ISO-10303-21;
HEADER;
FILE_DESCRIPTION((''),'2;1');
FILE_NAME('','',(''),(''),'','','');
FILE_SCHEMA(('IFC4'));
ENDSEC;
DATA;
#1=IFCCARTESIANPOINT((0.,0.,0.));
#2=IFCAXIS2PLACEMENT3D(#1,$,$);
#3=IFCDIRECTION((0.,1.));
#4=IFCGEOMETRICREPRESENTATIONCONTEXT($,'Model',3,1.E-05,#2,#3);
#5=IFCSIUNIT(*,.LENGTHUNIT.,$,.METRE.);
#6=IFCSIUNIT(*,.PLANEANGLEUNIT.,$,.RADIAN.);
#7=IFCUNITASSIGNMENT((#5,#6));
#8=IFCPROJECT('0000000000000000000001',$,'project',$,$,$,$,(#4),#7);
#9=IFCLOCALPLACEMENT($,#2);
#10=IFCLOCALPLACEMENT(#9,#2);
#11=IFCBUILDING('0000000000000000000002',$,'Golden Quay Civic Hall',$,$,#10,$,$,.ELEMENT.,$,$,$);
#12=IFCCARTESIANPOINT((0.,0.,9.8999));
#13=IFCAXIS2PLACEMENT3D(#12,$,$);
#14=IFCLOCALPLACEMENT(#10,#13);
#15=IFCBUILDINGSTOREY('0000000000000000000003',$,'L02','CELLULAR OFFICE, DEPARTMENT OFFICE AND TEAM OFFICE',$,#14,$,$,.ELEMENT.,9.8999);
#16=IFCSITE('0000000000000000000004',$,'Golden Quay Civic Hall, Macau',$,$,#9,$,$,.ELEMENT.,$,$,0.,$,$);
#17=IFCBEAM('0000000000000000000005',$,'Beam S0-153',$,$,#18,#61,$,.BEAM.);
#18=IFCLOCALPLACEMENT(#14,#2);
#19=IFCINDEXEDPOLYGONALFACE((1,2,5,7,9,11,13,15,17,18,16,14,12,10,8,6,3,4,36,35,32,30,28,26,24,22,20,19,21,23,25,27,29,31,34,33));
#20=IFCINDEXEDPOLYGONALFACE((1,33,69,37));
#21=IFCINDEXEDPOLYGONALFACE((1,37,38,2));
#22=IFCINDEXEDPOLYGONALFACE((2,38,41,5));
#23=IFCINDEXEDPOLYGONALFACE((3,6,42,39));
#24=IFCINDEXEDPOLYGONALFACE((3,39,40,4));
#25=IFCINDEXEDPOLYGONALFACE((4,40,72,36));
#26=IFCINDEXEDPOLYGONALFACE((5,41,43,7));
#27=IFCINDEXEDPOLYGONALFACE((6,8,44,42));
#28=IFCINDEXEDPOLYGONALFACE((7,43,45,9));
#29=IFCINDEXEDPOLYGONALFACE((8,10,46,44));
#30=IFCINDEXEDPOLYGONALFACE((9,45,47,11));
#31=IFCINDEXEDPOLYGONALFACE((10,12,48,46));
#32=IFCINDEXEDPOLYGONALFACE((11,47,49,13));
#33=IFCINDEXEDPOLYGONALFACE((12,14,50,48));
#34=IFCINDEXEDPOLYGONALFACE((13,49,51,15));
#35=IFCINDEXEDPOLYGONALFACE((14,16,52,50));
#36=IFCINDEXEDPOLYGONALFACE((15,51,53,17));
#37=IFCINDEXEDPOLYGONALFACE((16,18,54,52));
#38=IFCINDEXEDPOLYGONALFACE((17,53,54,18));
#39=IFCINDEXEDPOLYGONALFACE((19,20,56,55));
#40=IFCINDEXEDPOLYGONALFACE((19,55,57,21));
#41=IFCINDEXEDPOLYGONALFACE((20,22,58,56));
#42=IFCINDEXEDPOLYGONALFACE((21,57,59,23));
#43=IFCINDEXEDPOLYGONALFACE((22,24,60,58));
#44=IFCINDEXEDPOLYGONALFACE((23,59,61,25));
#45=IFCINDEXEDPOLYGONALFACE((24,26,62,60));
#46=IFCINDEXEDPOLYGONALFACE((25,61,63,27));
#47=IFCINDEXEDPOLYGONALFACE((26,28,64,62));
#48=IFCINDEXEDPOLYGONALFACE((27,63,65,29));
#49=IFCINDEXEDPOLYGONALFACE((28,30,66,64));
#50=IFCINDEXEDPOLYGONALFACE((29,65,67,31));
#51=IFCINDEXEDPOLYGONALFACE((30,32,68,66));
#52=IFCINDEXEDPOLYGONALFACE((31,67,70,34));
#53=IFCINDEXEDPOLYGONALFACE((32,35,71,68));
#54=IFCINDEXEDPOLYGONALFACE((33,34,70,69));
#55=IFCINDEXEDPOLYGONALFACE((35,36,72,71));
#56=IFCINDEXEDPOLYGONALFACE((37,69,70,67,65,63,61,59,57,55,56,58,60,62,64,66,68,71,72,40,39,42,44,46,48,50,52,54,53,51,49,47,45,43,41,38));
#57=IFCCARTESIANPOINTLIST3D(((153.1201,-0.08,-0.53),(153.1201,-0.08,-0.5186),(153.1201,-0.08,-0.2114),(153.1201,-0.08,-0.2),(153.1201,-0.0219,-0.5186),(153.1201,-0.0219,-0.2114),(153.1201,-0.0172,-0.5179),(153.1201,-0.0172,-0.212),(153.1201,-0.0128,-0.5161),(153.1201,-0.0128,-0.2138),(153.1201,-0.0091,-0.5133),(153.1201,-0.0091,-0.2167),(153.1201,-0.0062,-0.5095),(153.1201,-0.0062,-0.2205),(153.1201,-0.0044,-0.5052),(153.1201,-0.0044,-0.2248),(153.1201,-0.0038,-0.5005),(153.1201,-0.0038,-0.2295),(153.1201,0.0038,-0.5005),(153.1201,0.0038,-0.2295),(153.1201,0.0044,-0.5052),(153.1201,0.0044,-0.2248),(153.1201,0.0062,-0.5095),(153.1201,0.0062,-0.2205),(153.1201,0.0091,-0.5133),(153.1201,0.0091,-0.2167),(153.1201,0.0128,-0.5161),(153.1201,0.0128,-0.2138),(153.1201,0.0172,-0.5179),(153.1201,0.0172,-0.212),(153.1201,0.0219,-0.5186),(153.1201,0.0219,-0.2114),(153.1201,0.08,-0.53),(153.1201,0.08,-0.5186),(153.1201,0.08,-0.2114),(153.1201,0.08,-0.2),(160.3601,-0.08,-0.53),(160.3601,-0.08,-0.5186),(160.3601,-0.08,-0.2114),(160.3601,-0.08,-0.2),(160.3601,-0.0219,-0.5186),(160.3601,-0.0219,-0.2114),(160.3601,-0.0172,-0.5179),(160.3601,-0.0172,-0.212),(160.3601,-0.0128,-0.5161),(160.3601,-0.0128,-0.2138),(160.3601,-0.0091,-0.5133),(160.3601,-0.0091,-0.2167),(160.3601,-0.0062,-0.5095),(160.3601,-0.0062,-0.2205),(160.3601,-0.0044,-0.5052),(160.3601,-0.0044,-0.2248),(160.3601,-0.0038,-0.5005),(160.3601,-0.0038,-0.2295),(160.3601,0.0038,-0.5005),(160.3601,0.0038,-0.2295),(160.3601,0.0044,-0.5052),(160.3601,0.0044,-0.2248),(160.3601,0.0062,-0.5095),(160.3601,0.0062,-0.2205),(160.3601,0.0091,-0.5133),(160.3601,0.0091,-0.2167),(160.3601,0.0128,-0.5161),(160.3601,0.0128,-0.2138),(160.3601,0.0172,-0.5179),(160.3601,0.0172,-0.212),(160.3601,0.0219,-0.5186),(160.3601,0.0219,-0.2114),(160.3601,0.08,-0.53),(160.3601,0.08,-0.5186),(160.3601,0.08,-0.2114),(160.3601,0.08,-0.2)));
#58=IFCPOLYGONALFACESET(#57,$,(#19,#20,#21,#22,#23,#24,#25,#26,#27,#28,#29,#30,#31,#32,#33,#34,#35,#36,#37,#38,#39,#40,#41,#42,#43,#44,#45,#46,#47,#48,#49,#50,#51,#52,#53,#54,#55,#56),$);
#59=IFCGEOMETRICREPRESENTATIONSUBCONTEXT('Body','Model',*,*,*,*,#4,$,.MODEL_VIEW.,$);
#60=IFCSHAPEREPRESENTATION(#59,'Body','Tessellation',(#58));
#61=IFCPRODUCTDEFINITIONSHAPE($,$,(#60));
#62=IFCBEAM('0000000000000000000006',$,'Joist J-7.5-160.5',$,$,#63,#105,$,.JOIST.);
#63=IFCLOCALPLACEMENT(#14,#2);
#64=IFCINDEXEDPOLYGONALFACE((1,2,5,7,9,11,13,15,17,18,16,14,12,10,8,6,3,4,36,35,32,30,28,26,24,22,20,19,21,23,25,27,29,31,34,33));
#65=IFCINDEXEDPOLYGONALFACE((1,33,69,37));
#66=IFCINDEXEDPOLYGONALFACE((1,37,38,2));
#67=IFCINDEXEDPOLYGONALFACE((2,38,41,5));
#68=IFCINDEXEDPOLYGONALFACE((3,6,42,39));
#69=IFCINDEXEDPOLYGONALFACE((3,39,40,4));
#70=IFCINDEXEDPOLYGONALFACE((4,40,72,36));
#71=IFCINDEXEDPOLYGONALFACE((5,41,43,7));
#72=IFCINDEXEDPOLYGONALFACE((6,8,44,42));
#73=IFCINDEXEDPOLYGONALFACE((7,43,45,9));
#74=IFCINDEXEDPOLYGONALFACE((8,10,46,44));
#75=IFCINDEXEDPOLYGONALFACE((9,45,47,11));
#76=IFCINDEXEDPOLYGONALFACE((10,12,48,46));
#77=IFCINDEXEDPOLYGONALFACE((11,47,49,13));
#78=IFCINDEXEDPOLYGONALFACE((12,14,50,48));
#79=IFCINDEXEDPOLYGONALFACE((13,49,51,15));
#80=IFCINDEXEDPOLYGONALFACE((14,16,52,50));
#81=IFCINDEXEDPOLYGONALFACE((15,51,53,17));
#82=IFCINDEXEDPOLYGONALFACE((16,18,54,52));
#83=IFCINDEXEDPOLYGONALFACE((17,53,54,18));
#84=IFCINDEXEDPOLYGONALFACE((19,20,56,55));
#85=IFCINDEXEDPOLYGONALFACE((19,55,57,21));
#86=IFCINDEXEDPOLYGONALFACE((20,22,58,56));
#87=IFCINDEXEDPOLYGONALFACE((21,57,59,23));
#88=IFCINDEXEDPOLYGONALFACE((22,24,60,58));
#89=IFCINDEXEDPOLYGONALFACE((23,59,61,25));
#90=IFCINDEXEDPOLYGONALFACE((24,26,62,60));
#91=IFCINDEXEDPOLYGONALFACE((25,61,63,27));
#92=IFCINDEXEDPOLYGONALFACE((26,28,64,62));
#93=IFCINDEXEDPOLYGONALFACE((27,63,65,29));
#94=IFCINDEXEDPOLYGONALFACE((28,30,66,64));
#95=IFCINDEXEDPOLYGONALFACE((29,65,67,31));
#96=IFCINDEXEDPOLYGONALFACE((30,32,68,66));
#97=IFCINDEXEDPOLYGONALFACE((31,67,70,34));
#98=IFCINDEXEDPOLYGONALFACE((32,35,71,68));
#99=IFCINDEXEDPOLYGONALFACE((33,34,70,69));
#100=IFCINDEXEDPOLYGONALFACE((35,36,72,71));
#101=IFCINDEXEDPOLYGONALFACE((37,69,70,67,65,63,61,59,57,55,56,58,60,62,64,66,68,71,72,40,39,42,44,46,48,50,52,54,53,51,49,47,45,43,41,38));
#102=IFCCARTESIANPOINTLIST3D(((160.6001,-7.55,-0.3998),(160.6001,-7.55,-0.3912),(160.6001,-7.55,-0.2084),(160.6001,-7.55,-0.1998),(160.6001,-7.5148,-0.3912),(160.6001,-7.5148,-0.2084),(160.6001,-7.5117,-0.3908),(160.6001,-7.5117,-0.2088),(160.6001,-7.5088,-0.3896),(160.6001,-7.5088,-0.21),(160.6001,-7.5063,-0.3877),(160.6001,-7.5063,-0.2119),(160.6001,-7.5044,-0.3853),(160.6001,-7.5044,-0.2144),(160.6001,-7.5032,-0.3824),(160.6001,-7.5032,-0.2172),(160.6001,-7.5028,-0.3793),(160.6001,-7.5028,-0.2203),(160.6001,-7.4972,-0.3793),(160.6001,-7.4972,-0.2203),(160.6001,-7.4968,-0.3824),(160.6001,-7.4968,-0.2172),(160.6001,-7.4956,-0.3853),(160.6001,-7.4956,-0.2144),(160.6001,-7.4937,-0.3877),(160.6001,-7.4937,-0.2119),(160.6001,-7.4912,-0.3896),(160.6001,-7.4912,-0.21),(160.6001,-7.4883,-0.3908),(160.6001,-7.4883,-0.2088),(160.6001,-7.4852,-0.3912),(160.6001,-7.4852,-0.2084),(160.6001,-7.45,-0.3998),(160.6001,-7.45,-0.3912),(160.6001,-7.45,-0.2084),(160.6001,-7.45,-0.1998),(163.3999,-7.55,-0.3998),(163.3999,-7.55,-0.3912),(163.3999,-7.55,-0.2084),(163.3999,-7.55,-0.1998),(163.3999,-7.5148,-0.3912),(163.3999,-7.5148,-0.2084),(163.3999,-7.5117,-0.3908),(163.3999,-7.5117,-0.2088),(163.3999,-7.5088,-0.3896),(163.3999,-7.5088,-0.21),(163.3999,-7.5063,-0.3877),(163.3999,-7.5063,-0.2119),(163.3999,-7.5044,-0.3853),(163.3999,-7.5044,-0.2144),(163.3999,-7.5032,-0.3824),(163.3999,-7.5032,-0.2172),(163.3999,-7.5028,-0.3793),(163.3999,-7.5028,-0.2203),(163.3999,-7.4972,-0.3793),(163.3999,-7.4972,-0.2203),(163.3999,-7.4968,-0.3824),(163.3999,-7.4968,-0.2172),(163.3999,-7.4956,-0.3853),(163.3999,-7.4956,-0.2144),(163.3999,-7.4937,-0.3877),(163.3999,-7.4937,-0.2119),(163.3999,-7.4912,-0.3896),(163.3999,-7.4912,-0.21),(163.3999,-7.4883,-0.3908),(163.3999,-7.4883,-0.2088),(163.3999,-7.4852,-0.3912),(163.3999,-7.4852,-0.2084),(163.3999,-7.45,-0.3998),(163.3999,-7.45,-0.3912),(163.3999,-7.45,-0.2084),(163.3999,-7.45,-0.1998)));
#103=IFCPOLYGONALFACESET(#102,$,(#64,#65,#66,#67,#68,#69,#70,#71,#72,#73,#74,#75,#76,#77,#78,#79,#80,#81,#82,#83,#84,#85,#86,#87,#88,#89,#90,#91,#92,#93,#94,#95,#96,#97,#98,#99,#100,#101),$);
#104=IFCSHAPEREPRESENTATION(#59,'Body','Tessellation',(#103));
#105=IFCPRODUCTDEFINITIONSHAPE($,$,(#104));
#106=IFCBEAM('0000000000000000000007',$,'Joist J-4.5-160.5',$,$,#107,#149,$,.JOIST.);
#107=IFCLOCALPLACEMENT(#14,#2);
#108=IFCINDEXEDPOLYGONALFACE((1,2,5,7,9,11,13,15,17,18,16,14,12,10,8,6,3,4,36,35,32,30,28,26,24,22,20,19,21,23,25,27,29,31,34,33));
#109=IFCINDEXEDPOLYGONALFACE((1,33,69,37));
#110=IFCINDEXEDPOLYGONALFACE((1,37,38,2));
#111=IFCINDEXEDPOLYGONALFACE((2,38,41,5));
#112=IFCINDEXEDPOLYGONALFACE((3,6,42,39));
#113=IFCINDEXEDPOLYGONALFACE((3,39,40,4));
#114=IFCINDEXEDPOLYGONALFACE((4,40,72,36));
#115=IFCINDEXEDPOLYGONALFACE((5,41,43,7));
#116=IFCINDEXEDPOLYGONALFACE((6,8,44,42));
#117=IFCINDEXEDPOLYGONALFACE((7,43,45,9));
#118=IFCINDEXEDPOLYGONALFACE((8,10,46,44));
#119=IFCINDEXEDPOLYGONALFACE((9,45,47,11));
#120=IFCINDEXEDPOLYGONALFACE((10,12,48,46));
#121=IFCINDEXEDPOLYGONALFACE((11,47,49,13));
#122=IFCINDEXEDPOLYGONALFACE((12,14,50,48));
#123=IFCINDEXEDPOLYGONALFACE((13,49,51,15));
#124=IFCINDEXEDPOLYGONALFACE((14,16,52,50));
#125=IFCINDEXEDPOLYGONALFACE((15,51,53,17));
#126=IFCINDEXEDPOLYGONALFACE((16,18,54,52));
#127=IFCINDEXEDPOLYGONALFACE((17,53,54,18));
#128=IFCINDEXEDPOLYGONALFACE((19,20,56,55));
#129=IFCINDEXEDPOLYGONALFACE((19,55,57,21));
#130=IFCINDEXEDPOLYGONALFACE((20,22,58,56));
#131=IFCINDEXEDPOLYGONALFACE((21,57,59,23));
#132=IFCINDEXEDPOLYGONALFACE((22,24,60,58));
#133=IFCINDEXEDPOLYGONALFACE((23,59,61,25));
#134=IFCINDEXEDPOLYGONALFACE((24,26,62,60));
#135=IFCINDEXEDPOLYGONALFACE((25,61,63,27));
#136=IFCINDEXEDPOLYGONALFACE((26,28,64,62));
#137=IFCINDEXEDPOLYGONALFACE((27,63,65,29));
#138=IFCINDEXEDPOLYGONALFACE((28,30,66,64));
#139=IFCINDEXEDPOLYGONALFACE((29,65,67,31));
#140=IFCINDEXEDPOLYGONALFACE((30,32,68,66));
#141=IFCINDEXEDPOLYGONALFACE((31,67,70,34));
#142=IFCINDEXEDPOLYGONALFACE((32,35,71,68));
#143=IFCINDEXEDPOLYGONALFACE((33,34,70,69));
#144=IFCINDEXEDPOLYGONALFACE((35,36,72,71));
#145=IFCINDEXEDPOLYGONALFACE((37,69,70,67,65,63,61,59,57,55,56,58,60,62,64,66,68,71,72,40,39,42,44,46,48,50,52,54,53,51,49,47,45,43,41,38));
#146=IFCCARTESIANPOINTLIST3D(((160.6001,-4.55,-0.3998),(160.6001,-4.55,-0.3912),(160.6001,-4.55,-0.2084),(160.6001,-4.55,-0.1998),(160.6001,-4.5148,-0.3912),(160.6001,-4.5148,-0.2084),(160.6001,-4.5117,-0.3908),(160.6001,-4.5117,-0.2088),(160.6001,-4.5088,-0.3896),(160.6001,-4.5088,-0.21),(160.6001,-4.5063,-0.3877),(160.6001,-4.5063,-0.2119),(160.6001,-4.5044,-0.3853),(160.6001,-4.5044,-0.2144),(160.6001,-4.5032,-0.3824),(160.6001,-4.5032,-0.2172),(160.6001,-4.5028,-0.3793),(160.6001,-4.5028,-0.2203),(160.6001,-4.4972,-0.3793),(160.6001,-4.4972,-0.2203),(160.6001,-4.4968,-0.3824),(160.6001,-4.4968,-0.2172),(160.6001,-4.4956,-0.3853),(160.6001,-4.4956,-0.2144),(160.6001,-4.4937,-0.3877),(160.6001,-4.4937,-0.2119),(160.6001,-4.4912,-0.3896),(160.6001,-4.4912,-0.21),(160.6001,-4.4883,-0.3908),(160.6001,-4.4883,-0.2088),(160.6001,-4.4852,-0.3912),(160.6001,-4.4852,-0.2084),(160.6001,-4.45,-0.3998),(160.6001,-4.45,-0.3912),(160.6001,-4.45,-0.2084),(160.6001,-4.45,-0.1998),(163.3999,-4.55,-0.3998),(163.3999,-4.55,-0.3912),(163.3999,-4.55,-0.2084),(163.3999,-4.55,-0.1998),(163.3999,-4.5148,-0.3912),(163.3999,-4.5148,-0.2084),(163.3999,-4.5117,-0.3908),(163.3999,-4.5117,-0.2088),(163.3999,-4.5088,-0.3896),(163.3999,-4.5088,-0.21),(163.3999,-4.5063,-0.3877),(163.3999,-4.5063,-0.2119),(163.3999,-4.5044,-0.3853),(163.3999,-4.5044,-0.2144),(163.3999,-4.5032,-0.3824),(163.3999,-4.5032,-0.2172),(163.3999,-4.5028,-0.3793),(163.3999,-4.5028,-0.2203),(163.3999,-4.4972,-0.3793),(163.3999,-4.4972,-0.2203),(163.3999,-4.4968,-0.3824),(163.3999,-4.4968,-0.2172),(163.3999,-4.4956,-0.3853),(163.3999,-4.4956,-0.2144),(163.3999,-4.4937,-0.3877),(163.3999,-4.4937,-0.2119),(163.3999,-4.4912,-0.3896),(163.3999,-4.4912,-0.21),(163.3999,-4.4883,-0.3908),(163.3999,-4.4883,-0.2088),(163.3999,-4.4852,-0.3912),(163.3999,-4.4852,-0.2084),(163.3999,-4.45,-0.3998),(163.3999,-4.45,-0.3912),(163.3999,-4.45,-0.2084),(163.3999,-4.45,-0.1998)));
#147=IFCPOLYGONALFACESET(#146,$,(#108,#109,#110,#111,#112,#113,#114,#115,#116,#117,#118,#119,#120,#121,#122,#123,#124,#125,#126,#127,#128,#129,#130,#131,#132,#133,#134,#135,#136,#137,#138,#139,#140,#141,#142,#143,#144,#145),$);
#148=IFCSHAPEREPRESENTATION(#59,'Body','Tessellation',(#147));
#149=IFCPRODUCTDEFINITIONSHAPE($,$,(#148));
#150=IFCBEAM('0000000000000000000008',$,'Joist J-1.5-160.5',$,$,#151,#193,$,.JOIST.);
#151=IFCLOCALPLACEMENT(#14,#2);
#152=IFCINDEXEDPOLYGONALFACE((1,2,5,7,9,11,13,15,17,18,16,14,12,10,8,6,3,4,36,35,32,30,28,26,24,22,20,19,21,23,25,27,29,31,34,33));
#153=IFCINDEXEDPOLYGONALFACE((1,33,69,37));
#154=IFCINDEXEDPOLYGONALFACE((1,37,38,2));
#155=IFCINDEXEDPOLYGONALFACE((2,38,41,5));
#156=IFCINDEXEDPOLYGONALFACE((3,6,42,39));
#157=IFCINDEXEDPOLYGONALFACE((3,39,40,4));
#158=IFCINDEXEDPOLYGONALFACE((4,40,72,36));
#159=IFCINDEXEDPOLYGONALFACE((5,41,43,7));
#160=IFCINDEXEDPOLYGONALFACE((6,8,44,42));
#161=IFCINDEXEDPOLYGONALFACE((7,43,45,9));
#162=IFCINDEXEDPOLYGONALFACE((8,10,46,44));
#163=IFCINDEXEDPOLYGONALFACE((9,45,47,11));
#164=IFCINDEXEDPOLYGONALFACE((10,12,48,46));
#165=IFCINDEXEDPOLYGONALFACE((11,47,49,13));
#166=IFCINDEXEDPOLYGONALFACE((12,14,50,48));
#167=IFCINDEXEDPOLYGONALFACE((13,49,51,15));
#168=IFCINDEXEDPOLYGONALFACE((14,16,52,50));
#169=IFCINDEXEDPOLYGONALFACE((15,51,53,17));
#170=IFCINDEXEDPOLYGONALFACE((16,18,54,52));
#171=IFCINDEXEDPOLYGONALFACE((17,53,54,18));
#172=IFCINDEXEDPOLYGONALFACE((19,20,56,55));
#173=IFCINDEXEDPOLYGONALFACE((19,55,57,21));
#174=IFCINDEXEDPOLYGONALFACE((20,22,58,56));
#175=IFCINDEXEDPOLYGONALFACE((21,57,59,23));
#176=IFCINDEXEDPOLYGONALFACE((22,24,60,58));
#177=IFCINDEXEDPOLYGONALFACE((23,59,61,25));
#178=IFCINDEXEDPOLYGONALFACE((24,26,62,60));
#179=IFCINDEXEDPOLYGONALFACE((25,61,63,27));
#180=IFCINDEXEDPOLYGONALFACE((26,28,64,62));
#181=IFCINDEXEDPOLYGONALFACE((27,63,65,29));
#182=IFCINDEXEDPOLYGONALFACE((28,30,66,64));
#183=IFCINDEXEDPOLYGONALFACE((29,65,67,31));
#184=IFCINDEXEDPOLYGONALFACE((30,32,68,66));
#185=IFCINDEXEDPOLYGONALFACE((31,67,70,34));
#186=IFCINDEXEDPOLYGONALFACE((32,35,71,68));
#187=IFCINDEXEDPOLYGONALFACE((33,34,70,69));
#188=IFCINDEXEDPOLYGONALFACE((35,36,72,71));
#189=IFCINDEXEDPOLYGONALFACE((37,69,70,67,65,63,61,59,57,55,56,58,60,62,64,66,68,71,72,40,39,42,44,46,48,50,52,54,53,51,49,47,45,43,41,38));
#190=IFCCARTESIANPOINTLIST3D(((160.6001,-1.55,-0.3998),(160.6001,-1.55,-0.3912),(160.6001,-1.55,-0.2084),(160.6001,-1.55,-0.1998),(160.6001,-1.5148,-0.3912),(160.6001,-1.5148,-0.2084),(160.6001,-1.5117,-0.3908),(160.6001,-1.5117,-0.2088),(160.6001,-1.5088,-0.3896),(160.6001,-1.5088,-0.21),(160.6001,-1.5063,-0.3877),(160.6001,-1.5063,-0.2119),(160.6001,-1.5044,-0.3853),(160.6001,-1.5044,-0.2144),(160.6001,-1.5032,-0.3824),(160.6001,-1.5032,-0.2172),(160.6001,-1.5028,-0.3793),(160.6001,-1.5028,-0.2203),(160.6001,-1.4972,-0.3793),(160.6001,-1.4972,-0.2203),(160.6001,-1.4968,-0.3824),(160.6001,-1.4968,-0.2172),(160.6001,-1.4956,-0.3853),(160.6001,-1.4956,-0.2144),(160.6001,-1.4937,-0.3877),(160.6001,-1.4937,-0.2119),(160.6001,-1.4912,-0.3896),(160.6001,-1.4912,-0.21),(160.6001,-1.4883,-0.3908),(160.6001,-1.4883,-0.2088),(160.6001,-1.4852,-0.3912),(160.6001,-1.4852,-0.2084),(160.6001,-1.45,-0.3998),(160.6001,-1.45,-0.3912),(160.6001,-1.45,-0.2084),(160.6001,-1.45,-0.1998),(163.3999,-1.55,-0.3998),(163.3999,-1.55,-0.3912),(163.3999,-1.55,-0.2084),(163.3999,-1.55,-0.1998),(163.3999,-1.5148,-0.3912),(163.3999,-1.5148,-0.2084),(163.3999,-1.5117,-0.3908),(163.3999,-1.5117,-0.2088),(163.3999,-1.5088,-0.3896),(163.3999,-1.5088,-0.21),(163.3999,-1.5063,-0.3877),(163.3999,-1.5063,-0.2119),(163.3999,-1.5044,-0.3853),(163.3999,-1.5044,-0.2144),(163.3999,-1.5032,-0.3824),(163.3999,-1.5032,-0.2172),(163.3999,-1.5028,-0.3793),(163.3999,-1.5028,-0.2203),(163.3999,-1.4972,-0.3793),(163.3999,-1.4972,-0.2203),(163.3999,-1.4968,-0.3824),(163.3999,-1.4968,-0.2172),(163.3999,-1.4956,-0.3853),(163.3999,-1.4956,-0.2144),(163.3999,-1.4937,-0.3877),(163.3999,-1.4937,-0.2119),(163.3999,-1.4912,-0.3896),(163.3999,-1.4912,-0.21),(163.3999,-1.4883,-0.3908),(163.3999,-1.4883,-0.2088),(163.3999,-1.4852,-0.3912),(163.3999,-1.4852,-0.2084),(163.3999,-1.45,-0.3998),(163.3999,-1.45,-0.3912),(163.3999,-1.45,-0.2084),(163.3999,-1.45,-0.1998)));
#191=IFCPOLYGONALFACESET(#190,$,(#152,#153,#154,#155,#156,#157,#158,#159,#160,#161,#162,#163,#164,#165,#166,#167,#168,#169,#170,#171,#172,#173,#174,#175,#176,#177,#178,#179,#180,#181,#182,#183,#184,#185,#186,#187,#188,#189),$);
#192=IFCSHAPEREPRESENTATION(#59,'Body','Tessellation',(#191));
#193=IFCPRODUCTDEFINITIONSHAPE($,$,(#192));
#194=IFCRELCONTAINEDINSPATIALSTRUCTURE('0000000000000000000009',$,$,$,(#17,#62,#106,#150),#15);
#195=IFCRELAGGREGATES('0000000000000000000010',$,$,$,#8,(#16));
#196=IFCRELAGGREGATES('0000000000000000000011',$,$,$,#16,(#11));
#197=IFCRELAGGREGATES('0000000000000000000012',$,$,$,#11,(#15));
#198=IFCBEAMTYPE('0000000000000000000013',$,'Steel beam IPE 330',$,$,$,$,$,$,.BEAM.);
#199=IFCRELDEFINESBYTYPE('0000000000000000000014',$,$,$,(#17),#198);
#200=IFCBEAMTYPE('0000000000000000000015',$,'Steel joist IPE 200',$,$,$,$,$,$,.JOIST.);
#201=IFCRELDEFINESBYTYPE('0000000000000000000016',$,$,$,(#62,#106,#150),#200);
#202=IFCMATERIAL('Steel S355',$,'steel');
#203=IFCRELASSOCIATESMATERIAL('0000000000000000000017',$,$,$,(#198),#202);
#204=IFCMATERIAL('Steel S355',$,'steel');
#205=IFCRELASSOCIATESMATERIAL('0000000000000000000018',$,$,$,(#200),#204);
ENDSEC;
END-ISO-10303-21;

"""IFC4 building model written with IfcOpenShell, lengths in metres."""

from ifc_helpers import new_model, si_unit, direction, frame, origin, origin_2d, place, context, subcontext, project, spatial, i_section, extrude, material, material_profile, profile_set, type_object, element, save


model = new_model("IFC4")

# Units and contexts
model_context = context("Model", 3, precision=1e-05, world=origin(), true_north=direction((0.0, 1.0)))
body_context = subcontext(model_context, "Body", "Model", "MODEL_VIEW")
ifc_project = project(units=[si_unit("LENGTHUNIT", "METRE"), si_unit("PLANEANGLEUNIT", "RADIAN")], contexts=[model_context])

# Site, building, storey
site_placement = place(None, origin())
site = spatial("IfcSite", under=ifc_project, at=site_placement, Name="Golden Quay Civic Hall, Macau", CompositionType="ELEMENT", RefElevation=0.0)
building_placement = place(site_placement, origin())
building = spatial("IfcBuilding", under=site, at=building_placement, Name="Golden Quay Civic Hall", CompositionType="ELEMENT")
storey_placement = place(building_placement, frame((0.0, 0.0, 9.8999)))
storey = spatial("IfcBuildingStorey", under=building, at=storey_placement, Name="L02", Description="CELLULAR OFFICE, DEPARTMENT OFFICE AND TEAM OFFICE", CompositionType="ELEMENT", Elevation=9.8999)

# Beams
ifc_material_1 = material(Name="Steel S355", Category="steel")
ifc_material_profile_1 = material_profile(ifc_material_1, i_section(OverallWidth=0.1599, OverallDepth=0.3301, WebThickness=0.0076, FlangeThickness=0.0115, FilletRadius=0.0181, at=origin_2d()), Name="IPE 330")
ifc_profile_set_1 = profile_set([ifc_material_profile_1], Name="Steel S355")
beam_type_1 = type_object("IfcBeamType", Name="Steel beam IPE 330", PredefinedType="BEAM", material=ifc_profile_set_1)
beam_1_placement = place(storey_placement, frame((153.1201, 0.0, -0.365), z_axis=(1.0, 0.0, 0.0), x_axis=(0.0, 1.0, 0.0)))
element("IfcBeam", 1, at=beam_1_placement, inside=storey, type_object=beam_type_1, Name="Beam S0-153", PredefinedType="BEAM", context=body_context, shape_type="SweptSolid", body=[
    extrude(i_section(OverallWidth=0.1599, OverallDepth=0.3301, WebThickness=0.0076, FlangeThickness=0.0115, FilletRadius=0.0181, at=origin_2d()), origin(), (0.0, 0.0, 1.0), 7.24),
])
ifc_material_2 = material(Name="Steel S355", Category="steel")
ifc_material_profile_2 = material_profile(ifc_material_2, i_section(OverallWidth=0.1001, OverallDepth=0.2, WebThickness=0.0056, FlangeThickness=0.0085, FilletRadius=0.012, at=origin_2d()), Name="IPE 200")
ifc_profile_set_2 = profile_set([ifc_material_profile_2], Name="Steel S355")
beam_type_2 = type_object("IfcBeamType", Name="Steel joist IPE 200", PredefinedType="JOIST", material=ifc_profile_set_2)
for number, where, z_axis, x_axis, name in (
    (2, (160.6001, -7.5, -0.2998), (1.0, 0.0, 0.0), (0.0, 1.0, 0.0), "Joist J-7.5-160.5"),
    (3, (160.6001, -4.5, -0.2998), (1.0, 0.0, 0.0), (0.0, 1.0, 0.0), "Joist J-4.5-160.5"),
    (4, (160.6001, -1.5, -0.2998), (1.0, 0.0, 0.0), (0.0, 1.0, 0.0), "Joist J-1.5-160.5"),
):
    element("IfcBeam", number, at=place(storey_placement, frame(where, z_axis=z_axis, x_axis=x_axis)), inside=storey, type_object=beam_type_2, Name=name, PredefinedType="JOIST", context=body_context, shape_type="SweptSolid", body=[
        extrude(i_section(OverallWidth=0.1001, OverallDepth=0.2, WebThickness=0.0056, FlangeThickness=0.0085, FilletRadius=0.012, at=origin_2d()), origin(), (0.0, 0.0, 1.0), 2.7998),
    ])

save(model, "model.ifc")
